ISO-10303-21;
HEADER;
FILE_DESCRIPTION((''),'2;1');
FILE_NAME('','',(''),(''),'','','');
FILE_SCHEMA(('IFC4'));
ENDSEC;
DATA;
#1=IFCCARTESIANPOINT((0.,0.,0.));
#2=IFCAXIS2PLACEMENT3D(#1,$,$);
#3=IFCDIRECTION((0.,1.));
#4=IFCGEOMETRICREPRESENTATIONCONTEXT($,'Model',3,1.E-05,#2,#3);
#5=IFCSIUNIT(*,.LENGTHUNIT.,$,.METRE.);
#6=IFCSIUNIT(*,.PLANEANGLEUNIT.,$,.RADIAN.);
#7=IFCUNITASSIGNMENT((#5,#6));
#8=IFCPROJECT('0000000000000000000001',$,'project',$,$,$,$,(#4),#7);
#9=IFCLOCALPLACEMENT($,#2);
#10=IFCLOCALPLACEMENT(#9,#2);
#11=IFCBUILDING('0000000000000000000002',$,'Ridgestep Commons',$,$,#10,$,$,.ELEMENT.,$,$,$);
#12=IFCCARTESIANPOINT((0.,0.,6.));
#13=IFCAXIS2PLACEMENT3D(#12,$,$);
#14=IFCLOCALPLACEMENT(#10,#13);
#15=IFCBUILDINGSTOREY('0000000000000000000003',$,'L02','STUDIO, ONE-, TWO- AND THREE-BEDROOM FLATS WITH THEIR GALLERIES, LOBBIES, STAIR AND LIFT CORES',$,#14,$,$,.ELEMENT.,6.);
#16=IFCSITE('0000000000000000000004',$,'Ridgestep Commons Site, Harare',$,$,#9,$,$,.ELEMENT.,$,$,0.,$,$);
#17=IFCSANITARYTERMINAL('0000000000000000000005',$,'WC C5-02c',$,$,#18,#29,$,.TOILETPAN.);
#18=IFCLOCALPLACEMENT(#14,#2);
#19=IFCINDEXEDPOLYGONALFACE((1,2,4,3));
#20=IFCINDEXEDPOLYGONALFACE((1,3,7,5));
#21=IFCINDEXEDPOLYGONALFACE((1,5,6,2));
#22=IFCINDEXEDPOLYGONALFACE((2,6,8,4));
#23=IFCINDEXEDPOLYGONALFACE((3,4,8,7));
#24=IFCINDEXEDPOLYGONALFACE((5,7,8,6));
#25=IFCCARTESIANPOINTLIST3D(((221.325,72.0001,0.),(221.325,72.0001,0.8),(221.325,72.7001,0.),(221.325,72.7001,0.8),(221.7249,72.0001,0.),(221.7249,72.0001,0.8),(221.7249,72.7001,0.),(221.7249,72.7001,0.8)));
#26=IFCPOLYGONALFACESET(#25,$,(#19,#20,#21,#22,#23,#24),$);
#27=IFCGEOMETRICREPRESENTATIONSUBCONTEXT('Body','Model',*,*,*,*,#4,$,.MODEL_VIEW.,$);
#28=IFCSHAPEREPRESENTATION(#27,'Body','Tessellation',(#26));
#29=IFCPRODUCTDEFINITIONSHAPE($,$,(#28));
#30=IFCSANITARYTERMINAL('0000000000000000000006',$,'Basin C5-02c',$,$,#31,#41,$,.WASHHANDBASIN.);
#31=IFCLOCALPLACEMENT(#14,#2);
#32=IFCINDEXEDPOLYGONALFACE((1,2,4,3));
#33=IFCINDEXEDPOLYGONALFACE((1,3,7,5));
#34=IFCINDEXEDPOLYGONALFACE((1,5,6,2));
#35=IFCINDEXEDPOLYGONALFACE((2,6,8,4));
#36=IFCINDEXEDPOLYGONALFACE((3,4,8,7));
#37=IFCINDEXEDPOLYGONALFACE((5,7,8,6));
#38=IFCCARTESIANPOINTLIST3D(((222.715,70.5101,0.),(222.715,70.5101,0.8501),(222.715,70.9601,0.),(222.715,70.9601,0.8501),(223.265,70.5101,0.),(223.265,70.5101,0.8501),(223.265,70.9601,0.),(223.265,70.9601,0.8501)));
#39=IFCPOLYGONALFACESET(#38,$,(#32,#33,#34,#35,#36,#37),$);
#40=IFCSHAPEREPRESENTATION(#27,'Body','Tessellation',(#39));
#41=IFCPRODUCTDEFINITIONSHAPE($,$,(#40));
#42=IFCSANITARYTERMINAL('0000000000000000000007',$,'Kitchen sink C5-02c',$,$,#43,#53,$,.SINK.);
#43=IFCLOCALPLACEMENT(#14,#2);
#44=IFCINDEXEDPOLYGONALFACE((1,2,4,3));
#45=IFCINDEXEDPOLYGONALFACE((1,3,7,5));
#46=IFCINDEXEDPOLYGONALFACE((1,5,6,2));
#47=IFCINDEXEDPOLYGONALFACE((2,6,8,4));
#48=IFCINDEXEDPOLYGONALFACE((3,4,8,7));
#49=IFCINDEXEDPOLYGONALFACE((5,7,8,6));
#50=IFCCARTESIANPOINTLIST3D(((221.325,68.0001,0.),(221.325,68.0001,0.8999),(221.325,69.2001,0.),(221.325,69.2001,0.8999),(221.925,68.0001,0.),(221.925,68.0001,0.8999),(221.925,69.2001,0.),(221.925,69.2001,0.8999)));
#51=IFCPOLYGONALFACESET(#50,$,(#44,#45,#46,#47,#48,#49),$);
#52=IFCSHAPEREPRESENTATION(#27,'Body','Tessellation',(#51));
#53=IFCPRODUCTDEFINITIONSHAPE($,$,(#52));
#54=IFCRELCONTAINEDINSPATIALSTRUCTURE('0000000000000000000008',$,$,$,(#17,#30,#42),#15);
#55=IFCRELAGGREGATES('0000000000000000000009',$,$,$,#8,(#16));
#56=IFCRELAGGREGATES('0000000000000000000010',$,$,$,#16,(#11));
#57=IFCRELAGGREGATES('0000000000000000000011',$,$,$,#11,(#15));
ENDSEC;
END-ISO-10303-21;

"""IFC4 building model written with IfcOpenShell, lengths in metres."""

from ifc_helpers import new_model, si_unit, direction, frame, origin, origin_2d, place, context, subcontext, project, spatial, rectangle, extrude, element, save


model = new_model("IFC4")

# Units and contexts
model_context = context("Model", 3, precision=1e-05, world=origin(), true_north=direction((0.0, 1.0)))
body_context = subcontext(model_context, "Body", "Model", "MODEL_VIEW")
ifc_project = project(units=[si_unit("LENGTHUNIT", "METRE"), si_unit("PLANEANGLEUNIT", "RADIAN")], contexts=[model_context])

# Site, building, storey
site_placement = place(None, origin())
site = spatial("IfcSite", under=ifc_project, at=site_placement, Name="Ridgestep Commons Site, Harare", CompositionType="ELEMENT", RefElevation=0.0)
building_placement = place(site_placement, origin())
building = spatial("IfcBuilding", under=site, at=building_placement, Name="Ridgestep Commons", CompositionType="ELEMENT")
storey_placement = place(building_placement, frame((0.0, 0.0, 6.0)))
storey = spatial("IfcBuildingStorey", under=building, at=storey_placement, Name="L02", Description="STUDIO, ONE-, TWO- AND THREE-BEDROOM FLATS WITH THEIR GALLERIES, LOBBIES, STAIR AND LIFT CORES", CompositionType="ELEMENT", Elevation=6.0)

# Sanitary terminals
sanitary_terminal_1_placement = place(storey_placement, frame((221.5249, 72.3501, 0.0), z_axis=(0.0, 0.0, 1.0), x_axis=(1.0, 0.0, 0.0)))
element("IfcSanitaryTerminal", 1, at=sanitary_terminal_1_placement, inside=storey, Name="WC C5-02c", PredefinedType="TOILETPAN", context=body_context, shape_type="SweptSolid", body=[
    extrude(rectangle(XDim=0.3999, YDim=0.7, at=origin_2d()), origin(), (0.0, 0.0, 1.0), 0.8),
])
sanitary_terminal_2_placement = place(storey_placement, frame((222.99, 70.7351, 0.0), z_axis=(0.0, 0.0, 1.0), x_axis=(1.0, 0.0, 0.0)))
element("IfcSanitaryTerminal", 2, at=sanitary_terminal_2_placement, inside=storey, Name="Basin C5-02c", PredefinedType="WASHHANDBASIN", context=body_context, shape_type="SweptSolid", body=[
    extrude(rectangle(XDim=0.55, YDim=0.45, at=origin_2d()), origin(), (0.0, 0.0, 1.0), 0.8501),
])
sanitary_terminal_3_placement = place(storey_placement, frame((221.625, 68.6001, 0.0), z_axis=(0.0, 0.0, 1.0), x_axis=(1.0, 0.0, 0.0)))
element("IfcSanitaryTerminal", 3, at=sanitary_terminal_3_placement, inside=storey, Name="Kitchen sink C5-02c", PredefinedType="SINK", context=body_context, shape_type="SweptSolid", body=[
    extrude(rectangle(XDim=0.6001, YDim=1.2, at=origin_2d()), origin(), (0.0, 0.0, 1.0), 0.8999),
])

save(model, "model.ifc")
